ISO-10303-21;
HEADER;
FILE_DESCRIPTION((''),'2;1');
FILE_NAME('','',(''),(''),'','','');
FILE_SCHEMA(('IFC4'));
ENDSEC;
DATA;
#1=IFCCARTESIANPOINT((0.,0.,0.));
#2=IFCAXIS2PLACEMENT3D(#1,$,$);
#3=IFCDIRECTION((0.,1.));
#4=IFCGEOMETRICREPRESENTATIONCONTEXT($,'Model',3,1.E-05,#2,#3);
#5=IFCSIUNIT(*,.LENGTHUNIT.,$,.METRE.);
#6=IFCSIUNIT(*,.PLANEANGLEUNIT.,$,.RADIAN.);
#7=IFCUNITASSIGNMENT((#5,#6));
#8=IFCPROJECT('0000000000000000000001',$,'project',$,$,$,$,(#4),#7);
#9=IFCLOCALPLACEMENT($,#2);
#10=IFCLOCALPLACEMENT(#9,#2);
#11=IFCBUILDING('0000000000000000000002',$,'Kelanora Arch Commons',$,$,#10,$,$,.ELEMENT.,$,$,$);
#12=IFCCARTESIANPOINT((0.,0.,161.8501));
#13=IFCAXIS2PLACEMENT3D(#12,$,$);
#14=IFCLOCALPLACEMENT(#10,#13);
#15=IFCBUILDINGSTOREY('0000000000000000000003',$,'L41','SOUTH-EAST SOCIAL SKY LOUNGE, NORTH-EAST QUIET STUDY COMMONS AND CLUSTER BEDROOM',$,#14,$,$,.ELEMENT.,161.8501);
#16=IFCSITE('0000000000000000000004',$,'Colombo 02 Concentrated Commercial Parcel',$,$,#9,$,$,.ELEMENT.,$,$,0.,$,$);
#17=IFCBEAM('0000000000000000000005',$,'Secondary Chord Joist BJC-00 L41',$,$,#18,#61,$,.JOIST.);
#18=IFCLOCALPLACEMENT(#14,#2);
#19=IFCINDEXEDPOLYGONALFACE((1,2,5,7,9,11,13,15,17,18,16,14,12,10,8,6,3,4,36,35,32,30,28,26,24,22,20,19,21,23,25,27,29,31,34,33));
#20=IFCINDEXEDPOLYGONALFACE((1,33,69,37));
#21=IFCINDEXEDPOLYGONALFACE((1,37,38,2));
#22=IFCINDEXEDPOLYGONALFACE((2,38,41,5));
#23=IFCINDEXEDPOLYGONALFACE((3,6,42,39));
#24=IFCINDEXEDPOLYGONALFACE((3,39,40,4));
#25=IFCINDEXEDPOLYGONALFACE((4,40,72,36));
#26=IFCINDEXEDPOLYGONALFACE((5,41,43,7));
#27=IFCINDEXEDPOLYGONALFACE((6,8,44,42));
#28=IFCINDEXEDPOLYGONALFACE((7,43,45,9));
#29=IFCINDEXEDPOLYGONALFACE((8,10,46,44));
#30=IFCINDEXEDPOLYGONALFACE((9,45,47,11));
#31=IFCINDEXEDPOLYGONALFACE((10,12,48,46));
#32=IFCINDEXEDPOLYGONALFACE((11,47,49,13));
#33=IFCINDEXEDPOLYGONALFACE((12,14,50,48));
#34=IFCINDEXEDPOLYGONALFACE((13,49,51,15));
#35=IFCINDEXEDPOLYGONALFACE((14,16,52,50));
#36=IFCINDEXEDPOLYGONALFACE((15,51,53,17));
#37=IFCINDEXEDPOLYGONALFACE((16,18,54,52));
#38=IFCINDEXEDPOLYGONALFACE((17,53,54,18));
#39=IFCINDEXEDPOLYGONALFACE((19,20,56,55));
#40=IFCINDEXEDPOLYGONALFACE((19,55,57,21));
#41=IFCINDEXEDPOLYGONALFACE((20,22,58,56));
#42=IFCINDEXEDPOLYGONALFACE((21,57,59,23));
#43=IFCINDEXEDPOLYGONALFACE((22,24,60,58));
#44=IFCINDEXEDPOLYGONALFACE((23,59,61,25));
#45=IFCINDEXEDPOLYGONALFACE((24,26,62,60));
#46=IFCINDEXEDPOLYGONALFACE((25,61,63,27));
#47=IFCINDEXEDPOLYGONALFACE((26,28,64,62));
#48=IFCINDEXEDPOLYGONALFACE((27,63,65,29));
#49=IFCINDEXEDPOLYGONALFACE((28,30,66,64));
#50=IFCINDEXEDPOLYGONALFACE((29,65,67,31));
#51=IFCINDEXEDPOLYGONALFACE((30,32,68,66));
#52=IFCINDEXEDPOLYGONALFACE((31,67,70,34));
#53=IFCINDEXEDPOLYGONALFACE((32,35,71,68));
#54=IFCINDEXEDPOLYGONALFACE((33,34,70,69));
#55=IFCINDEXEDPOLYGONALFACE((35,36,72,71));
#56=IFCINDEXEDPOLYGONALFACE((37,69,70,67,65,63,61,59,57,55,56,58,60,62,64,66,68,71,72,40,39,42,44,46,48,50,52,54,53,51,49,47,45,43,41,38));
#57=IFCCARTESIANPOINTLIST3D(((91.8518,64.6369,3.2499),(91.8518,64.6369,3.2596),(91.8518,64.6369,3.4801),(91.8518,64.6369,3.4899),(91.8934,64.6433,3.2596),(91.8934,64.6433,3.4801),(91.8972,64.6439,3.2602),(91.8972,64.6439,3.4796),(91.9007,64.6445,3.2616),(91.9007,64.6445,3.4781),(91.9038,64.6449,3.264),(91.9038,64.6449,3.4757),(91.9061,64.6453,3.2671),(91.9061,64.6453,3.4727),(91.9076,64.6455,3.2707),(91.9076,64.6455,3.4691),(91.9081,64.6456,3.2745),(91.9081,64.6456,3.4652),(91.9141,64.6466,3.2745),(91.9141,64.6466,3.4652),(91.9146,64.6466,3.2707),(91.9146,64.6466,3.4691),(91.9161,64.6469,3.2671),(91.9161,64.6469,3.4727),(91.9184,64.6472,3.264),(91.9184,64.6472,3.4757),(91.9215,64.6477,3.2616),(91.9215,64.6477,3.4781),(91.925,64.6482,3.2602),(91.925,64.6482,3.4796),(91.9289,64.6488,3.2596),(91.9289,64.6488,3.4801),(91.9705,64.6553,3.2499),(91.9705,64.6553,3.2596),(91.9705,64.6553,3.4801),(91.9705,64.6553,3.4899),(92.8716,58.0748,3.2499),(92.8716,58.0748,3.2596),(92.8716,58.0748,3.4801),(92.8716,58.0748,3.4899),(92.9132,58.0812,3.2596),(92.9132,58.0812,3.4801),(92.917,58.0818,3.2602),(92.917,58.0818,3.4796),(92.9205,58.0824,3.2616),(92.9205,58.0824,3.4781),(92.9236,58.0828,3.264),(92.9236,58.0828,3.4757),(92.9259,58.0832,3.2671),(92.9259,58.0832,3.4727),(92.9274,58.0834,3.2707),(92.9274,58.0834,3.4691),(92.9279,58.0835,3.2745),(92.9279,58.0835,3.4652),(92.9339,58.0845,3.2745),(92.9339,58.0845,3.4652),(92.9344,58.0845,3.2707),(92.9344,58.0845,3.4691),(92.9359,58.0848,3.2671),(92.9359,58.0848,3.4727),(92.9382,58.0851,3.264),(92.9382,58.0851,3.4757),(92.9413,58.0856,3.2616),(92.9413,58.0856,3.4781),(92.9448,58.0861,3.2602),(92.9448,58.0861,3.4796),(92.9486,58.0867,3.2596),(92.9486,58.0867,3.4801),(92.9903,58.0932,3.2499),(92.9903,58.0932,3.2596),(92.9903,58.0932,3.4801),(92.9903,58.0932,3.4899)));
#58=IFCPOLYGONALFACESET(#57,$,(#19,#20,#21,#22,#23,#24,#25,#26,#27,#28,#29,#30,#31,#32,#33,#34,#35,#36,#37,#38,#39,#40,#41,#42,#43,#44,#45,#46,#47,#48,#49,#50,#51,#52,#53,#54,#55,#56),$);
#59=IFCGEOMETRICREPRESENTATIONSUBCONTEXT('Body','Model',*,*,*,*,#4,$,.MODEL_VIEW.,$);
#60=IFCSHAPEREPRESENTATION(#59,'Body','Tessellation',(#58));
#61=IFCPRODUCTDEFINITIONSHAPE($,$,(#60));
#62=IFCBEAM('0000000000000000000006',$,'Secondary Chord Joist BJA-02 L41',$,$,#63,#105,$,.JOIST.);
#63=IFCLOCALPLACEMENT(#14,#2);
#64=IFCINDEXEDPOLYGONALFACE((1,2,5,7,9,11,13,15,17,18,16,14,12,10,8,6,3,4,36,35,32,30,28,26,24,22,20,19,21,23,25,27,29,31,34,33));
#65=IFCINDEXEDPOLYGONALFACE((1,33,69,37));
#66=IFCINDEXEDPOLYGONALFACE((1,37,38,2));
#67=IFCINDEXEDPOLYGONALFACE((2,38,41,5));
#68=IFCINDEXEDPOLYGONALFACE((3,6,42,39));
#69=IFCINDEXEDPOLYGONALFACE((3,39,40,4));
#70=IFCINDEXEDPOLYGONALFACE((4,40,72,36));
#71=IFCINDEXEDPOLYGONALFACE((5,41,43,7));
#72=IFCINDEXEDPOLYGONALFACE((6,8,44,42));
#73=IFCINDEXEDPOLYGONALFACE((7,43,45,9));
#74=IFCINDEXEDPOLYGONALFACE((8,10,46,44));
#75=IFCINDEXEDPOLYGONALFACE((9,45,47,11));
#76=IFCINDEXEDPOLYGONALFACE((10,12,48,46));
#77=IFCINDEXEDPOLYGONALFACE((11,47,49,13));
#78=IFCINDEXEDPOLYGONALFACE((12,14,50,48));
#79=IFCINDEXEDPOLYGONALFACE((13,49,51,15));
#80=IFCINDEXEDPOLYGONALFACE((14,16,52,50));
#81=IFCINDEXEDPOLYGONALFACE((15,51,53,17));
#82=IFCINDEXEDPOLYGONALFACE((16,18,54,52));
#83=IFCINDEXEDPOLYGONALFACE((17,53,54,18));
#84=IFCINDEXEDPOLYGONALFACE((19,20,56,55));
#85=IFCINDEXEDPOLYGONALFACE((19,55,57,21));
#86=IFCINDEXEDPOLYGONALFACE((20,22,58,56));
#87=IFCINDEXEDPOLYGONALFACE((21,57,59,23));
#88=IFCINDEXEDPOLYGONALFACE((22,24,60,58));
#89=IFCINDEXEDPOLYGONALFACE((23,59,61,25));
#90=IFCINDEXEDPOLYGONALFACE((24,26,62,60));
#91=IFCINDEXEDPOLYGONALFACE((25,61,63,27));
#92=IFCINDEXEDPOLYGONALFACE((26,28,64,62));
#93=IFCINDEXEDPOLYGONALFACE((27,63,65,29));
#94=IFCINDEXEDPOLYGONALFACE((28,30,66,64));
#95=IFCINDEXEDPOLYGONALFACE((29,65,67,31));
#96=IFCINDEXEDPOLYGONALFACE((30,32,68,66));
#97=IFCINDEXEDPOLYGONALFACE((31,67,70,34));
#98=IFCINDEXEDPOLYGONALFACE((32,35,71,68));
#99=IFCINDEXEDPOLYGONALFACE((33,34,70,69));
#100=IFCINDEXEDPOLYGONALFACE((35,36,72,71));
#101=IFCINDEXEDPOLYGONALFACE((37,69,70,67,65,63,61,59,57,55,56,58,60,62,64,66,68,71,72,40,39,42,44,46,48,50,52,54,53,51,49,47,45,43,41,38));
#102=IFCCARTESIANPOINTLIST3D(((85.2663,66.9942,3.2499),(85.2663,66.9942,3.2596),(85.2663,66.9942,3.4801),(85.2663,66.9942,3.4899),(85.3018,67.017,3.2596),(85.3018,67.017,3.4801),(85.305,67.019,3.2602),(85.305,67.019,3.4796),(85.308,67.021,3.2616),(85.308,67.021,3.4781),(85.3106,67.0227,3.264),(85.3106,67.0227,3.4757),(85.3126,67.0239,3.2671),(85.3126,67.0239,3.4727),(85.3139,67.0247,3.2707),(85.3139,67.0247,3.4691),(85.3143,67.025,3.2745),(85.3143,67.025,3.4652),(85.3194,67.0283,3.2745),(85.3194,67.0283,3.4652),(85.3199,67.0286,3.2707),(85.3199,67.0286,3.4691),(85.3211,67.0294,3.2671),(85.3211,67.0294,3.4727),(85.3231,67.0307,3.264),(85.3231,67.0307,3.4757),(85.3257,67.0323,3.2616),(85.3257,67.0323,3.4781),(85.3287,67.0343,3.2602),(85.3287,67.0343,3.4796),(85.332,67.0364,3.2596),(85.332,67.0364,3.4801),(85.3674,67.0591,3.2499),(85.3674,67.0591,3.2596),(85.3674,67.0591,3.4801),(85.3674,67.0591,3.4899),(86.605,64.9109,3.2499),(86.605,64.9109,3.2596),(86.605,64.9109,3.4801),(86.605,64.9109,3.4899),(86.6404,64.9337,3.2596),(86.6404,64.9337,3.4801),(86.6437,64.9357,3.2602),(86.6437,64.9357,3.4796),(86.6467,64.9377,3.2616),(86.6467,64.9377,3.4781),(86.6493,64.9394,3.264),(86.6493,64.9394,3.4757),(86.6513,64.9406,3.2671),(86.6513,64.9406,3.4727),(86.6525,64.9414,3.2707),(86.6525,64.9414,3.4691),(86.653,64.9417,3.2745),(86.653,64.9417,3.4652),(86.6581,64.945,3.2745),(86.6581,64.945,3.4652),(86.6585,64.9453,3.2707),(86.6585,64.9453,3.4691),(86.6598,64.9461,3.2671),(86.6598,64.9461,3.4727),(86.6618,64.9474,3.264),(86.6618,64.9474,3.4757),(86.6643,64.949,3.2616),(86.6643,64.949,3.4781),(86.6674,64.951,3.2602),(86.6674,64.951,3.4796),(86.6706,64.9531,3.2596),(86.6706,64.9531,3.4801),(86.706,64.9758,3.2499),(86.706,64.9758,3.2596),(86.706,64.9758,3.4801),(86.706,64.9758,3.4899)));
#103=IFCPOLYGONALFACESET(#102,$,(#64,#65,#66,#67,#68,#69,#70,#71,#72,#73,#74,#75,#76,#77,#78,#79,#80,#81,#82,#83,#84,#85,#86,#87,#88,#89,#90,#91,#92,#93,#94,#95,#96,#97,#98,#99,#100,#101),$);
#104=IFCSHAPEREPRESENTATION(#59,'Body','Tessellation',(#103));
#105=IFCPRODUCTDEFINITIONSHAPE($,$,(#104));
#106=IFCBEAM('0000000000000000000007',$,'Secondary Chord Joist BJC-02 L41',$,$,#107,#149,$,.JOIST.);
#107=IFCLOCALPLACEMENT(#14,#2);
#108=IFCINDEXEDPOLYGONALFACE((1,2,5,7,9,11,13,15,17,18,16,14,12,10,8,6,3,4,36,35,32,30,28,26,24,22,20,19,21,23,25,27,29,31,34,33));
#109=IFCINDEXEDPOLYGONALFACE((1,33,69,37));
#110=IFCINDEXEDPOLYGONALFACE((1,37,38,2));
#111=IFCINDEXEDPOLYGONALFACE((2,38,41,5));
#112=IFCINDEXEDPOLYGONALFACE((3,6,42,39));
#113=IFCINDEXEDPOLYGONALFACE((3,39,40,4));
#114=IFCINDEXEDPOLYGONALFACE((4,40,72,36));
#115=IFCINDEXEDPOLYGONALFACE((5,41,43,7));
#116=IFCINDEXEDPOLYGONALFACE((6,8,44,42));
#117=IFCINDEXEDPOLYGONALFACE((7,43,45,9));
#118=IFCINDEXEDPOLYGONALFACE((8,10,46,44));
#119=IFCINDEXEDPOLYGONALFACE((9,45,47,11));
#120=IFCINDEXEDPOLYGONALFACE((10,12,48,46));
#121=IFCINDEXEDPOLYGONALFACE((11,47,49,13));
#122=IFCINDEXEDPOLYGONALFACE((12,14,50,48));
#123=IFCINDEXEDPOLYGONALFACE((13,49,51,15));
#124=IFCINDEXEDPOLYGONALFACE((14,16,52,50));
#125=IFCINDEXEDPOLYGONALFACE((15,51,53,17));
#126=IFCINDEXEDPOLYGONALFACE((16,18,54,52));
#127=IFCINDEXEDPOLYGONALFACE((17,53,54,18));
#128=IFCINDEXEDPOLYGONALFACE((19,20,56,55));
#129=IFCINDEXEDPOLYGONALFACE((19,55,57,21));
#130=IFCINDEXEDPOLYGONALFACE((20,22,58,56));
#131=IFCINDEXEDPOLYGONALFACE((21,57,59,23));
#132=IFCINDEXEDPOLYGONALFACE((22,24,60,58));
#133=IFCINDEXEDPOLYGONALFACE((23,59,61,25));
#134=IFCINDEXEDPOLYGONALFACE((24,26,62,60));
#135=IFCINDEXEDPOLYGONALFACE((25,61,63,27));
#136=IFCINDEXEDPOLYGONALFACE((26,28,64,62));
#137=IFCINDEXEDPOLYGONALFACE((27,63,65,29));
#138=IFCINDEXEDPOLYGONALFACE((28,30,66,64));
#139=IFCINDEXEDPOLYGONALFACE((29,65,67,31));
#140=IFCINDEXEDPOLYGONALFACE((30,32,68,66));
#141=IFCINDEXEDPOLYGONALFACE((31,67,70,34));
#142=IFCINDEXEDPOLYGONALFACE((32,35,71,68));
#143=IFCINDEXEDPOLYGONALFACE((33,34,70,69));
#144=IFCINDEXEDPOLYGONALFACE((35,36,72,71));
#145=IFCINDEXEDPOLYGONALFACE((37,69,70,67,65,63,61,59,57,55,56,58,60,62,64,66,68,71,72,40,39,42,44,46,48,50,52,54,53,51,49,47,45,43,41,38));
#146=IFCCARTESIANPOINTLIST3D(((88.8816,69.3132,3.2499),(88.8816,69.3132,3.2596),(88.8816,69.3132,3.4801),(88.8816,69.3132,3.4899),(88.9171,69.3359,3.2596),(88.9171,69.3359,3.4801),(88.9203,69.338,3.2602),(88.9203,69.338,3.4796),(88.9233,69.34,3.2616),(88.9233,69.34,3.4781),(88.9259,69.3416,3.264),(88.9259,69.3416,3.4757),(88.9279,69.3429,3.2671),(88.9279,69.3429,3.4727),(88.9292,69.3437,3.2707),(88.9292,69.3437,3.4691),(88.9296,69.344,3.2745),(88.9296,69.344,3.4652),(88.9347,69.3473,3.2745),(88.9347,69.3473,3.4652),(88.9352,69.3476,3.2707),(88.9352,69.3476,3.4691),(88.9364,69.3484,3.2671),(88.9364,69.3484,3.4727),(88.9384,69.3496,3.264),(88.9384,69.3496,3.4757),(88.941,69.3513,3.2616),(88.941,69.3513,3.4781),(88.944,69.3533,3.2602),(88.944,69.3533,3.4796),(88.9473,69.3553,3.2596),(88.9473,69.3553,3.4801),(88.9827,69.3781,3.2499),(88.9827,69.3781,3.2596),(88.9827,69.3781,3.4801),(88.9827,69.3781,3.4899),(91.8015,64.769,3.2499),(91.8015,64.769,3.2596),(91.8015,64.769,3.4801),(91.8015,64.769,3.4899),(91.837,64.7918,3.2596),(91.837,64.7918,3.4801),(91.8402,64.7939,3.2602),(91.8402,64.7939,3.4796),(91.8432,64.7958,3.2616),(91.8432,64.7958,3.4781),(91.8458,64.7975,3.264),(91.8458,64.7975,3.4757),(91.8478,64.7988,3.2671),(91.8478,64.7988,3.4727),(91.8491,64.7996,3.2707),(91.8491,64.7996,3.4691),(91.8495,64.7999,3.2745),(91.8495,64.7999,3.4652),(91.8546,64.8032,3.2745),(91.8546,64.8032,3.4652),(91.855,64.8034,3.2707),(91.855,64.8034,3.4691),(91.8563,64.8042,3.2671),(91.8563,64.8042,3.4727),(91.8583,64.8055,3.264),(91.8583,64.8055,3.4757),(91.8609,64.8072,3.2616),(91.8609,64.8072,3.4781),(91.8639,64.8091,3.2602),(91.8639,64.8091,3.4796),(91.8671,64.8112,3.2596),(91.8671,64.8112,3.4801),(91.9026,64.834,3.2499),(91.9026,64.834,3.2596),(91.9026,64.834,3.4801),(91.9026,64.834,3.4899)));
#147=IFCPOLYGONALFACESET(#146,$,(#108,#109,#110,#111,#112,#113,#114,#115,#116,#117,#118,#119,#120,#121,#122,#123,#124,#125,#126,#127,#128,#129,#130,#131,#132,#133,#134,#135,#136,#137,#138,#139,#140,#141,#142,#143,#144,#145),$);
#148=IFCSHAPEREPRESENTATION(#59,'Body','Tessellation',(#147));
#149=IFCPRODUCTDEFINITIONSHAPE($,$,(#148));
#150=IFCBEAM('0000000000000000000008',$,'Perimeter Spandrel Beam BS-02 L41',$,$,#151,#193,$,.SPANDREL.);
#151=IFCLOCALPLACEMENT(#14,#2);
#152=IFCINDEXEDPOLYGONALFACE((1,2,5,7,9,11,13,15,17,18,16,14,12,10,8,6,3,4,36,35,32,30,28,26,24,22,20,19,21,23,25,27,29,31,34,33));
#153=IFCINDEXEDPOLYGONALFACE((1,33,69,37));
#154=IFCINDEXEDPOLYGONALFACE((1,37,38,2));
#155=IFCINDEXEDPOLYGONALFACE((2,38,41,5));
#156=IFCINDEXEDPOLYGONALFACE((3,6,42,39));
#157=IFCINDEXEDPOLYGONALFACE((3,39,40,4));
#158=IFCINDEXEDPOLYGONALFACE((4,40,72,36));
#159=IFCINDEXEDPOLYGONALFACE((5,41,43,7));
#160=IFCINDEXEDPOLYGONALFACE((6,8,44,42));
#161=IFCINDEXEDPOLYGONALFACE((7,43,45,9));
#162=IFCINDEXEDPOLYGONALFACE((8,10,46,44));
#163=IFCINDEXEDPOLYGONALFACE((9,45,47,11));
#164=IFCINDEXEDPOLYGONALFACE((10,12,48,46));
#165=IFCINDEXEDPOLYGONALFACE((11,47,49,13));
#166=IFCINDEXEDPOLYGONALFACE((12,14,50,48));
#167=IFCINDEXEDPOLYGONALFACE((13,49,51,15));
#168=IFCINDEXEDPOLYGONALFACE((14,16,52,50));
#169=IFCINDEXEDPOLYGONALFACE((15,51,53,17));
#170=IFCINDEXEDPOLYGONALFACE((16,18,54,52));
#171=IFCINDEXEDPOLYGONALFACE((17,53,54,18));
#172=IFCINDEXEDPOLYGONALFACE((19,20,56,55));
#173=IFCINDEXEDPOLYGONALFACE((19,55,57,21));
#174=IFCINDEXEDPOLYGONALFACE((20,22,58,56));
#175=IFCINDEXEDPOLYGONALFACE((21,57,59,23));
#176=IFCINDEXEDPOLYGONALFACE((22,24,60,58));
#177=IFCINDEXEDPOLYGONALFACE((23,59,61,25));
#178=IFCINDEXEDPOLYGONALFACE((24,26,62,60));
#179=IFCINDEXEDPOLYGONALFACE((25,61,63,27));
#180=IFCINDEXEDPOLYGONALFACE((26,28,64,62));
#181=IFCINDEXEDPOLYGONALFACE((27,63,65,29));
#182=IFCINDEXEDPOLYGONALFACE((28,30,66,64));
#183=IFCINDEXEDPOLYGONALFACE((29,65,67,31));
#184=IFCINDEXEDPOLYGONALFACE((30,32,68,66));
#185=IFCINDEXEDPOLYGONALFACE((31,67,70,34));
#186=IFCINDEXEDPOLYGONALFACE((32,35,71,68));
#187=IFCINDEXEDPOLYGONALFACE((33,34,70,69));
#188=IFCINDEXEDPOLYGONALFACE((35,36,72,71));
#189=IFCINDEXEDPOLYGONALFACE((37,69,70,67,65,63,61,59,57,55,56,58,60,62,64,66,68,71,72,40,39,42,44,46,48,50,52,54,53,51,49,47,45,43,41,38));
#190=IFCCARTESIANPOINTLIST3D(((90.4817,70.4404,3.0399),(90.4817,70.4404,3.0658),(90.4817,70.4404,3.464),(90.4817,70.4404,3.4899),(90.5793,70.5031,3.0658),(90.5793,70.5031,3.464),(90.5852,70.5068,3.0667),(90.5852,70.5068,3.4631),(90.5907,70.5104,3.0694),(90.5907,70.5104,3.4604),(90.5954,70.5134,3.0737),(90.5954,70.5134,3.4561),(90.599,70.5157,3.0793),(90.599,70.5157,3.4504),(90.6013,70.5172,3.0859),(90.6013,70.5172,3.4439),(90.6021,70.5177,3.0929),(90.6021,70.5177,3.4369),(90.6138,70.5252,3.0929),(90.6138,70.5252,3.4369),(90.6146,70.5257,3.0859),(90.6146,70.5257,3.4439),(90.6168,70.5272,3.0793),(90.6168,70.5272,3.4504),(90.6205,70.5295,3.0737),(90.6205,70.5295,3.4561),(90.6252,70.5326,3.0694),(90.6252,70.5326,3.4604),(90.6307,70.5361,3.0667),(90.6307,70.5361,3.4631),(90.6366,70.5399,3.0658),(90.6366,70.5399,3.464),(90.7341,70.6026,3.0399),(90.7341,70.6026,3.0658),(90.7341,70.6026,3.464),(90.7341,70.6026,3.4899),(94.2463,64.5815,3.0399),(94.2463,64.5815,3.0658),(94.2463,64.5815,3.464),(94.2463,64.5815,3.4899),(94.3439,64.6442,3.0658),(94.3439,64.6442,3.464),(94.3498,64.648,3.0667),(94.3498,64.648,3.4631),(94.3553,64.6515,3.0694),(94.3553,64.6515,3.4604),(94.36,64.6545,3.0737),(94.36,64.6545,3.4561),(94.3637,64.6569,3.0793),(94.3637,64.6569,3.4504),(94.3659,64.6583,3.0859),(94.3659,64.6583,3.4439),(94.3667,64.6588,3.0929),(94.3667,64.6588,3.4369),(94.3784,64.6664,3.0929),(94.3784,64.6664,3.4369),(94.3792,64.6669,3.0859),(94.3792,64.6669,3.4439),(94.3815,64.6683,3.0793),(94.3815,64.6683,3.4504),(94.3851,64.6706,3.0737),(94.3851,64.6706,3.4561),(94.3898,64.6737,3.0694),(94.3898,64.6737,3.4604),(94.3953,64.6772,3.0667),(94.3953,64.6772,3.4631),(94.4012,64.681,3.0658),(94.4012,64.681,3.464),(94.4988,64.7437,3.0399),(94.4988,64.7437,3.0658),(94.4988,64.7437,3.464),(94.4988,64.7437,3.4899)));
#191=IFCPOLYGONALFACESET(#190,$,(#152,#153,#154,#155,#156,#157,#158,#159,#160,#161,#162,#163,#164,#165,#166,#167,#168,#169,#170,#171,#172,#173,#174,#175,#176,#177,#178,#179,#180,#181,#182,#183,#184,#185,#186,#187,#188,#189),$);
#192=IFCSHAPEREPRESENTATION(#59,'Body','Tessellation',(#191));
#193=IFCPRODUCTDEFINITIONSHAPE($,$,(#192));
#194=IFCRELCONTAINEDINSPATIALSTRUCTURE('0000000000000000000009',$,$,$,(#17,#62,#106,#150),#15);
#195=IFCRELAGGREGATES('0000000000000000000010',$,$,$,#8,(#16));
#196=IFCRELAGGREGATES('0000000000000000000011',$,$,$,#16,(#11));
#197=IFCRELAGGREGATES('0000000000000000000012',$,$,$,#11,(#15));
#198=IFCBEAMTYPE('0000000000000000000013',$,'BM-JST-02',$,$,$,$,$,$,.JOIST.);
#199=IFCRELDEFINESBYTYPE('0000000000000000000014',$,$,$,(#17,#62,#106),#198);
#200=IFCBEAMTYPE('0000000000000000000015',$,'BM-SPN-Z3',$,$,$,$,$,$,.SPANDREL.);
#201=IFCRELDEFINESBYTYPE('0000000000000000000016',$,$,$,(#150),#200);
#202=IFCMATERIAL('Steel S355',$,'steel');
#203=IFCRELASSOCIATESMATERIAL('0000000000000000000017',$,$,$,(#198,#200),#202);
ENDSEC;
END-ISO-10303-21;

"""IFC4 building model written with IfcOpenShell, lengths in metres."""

from ifc_helpers import new_model, si_unit, direction, frame, origin, origin_2d, place, context, subcontext, project, spatial, i_section, extrude, material, material_profile, profile_set, type_object, element, save


model = new_model("IFC4")

# Units and contexts
model_context = context("Model", 3, precision=1e-05, world=origin(), true_north=direction((0.0, 1.0)))
body_context = subcontext(model_context, "Body", "Model", "MODEL_VIEW")
ifc_project = project(units=[si_unit("LENGTHUNIT", "METRE"), si_unit("PLANEANGLEUNIT", "RADIAN")], contexts=[model_context])

# Site, building, storey
site_placement = place(None, origin())
site = spatial("IfcSite", under=ifc_project, at=site_placement, Name="Colombo 02 Concentrated Commercial Parcel", CompositionType="ELEMENT", RefElevation=0.0)
building_placement = place(site_placement, origin())
building = spatial("IfcBuilding", under=site, at=building_placement, Name="Kelanora Arch Commons", CompositionType="ELEMENT")
storey_placement = place(building_placement, frame((0.0, 0.0, 161.8501)))
storey = spatial("IfcBuildingStorey", under=building, at=storey_placement, Name="L41", Description="SOUTH-EAST SOCIAL SKY LOUNGE, NORTH-EAST QUIET STUDY COMMONS AND CLUSTER BEDROOM", CompositionType="ELEMENT", Elevation=161.8501)

# Beams
ifc_material_1 = material(Name="Steel S355", Category="steel")
ifc_material_profile_1 = material_profile(ifc_material_1, i_section(OverallWidth=0.1201, OverallDepth=0.24, WebThickness=0.0061, FlangeThickness=0.0098, FilletRadius=0.0149, at=origin_2d()), Name="IPE240")
ifc_profile_set_1 = profile_set([ifc_material_profile_1], Name="Steel S355")
beam_type_1 = type_object("IfcBeamType", Name="BM-JST-02", PredefinedType="JOIST", material=ifc_profile_set_1)
beam_1_placement = place(storey_placement, frame((92.9309, 58.084, 3.3699), z_axis=(-0.153563, 0.988139, 0.0), x_axis=(-0.988139, -0.153563, 0.0)))
element("IfcBeam", 1, at=beam_1_placement, inside=storey, type_object=beam_type_1, Name="Secondary Chord Joist BJC-00 L41", PredefinedType="JOIST", context=body_context, shape_type="SweptSolid", body=[
    extrude(i_section(OverallWidth=0.1201, OverallDepth=0.24, WebThickness=0.0061, FlangeThickness=0.0098, FilletRadius=0.0149, at=origin_2d()), origin(), (0.0, 0.0, 1.0), 6.6409),
])
beam_2_placement = place(storey_placement, frame((86.6555, 64.9434, 3.3699), z_axis=(-0.540583, 0.841291, 0.0), x_axis=(-0.841291, -0.540583, 0.0)))
element("IfcBeam", 2, at=beam_2_placement, inside=storey, type_object=beam_type_1, Name="Secondary Chord Joist BJA-02 L41", PredefinedType="JOIST", context=body_context, shape_type="SweptSolid", body=[
    extrude(i_section(OverallWidth=0.1201, OverallDepth=0.24, WebThickness=0.0061, FlangeThickness=0.0098, FilletRadius=0.0149, at=origin_2d()), origin(), (0.0, 0.0, 1.0), 2.4763),
])
beam_3_placement = place(storey_placement, frame((91.8521, 64.8015, 3.3699), z_axis=(-0.540582, 0.841292, 0.0), x_axis=(-0.841292, -0.540582, 0.0)))
element("IfcBeam", 3, at=beam_3_placement, inside=storey, type_object=beam_type_1, Name="Secondary Chord Joist BJC-02 L41", PredefinedType="JOIST", context=body_context, shape_type="SweptSolid", body=[
    extrude(i_section(OverallWidth=0.1201, OverallDepth=0.24, WebThickness=0.0061, FlangeThickness=0.0098, FilletRadius=0.0149, at=origin_2d()), origin(), (0.0, 0.0, 1.0), 5.4014),
])
ifc_material_profile_2 = material_profile(ifc_material_1, i_section(OverallWidth=0.3, OverallDepth=0.45, WebThickness=0.0139, FlangeThickness=0.0259, FilletRadius=0.0271, at=origin_2d()), Name="HEB450")
ifc_profile_set_2 = profile_set([ifc_material_profile_2], Name="Steel S355")
beam_type_2 = type_object("IfcBeamType", Name="BM-SPN-Z3", PredefinedType="SPANDREL", material=ifc_profile_set_2)
beam_4_placement = place(storey_placement, frame((94.3726, 64.6626, 3.2649), z_axis=(-0.540577, 0.841295, 0.0), x_axis=(-0.841295, -0.540577, 0.0)))
element("IfcBeam", 4, at=beam_4_placement, inside=storey, type_object=beam_type_2, Name="Perimeter Spandrel Beam BS-02 L41", PredefinedType="SPANDREL", context=body_context, shape_type="SweptSolid", body=[
    extrude(i_section(OverallWidth=0.3, OverallDepth=0.45, WebThickness=0.0139, FlangeThickness=0.0259, FilletRadius=0.0271, at=origin_2d()), origin(), (0.0, 0.0, 1.0), 6.9641),
])

save(model, "model.ifc")
